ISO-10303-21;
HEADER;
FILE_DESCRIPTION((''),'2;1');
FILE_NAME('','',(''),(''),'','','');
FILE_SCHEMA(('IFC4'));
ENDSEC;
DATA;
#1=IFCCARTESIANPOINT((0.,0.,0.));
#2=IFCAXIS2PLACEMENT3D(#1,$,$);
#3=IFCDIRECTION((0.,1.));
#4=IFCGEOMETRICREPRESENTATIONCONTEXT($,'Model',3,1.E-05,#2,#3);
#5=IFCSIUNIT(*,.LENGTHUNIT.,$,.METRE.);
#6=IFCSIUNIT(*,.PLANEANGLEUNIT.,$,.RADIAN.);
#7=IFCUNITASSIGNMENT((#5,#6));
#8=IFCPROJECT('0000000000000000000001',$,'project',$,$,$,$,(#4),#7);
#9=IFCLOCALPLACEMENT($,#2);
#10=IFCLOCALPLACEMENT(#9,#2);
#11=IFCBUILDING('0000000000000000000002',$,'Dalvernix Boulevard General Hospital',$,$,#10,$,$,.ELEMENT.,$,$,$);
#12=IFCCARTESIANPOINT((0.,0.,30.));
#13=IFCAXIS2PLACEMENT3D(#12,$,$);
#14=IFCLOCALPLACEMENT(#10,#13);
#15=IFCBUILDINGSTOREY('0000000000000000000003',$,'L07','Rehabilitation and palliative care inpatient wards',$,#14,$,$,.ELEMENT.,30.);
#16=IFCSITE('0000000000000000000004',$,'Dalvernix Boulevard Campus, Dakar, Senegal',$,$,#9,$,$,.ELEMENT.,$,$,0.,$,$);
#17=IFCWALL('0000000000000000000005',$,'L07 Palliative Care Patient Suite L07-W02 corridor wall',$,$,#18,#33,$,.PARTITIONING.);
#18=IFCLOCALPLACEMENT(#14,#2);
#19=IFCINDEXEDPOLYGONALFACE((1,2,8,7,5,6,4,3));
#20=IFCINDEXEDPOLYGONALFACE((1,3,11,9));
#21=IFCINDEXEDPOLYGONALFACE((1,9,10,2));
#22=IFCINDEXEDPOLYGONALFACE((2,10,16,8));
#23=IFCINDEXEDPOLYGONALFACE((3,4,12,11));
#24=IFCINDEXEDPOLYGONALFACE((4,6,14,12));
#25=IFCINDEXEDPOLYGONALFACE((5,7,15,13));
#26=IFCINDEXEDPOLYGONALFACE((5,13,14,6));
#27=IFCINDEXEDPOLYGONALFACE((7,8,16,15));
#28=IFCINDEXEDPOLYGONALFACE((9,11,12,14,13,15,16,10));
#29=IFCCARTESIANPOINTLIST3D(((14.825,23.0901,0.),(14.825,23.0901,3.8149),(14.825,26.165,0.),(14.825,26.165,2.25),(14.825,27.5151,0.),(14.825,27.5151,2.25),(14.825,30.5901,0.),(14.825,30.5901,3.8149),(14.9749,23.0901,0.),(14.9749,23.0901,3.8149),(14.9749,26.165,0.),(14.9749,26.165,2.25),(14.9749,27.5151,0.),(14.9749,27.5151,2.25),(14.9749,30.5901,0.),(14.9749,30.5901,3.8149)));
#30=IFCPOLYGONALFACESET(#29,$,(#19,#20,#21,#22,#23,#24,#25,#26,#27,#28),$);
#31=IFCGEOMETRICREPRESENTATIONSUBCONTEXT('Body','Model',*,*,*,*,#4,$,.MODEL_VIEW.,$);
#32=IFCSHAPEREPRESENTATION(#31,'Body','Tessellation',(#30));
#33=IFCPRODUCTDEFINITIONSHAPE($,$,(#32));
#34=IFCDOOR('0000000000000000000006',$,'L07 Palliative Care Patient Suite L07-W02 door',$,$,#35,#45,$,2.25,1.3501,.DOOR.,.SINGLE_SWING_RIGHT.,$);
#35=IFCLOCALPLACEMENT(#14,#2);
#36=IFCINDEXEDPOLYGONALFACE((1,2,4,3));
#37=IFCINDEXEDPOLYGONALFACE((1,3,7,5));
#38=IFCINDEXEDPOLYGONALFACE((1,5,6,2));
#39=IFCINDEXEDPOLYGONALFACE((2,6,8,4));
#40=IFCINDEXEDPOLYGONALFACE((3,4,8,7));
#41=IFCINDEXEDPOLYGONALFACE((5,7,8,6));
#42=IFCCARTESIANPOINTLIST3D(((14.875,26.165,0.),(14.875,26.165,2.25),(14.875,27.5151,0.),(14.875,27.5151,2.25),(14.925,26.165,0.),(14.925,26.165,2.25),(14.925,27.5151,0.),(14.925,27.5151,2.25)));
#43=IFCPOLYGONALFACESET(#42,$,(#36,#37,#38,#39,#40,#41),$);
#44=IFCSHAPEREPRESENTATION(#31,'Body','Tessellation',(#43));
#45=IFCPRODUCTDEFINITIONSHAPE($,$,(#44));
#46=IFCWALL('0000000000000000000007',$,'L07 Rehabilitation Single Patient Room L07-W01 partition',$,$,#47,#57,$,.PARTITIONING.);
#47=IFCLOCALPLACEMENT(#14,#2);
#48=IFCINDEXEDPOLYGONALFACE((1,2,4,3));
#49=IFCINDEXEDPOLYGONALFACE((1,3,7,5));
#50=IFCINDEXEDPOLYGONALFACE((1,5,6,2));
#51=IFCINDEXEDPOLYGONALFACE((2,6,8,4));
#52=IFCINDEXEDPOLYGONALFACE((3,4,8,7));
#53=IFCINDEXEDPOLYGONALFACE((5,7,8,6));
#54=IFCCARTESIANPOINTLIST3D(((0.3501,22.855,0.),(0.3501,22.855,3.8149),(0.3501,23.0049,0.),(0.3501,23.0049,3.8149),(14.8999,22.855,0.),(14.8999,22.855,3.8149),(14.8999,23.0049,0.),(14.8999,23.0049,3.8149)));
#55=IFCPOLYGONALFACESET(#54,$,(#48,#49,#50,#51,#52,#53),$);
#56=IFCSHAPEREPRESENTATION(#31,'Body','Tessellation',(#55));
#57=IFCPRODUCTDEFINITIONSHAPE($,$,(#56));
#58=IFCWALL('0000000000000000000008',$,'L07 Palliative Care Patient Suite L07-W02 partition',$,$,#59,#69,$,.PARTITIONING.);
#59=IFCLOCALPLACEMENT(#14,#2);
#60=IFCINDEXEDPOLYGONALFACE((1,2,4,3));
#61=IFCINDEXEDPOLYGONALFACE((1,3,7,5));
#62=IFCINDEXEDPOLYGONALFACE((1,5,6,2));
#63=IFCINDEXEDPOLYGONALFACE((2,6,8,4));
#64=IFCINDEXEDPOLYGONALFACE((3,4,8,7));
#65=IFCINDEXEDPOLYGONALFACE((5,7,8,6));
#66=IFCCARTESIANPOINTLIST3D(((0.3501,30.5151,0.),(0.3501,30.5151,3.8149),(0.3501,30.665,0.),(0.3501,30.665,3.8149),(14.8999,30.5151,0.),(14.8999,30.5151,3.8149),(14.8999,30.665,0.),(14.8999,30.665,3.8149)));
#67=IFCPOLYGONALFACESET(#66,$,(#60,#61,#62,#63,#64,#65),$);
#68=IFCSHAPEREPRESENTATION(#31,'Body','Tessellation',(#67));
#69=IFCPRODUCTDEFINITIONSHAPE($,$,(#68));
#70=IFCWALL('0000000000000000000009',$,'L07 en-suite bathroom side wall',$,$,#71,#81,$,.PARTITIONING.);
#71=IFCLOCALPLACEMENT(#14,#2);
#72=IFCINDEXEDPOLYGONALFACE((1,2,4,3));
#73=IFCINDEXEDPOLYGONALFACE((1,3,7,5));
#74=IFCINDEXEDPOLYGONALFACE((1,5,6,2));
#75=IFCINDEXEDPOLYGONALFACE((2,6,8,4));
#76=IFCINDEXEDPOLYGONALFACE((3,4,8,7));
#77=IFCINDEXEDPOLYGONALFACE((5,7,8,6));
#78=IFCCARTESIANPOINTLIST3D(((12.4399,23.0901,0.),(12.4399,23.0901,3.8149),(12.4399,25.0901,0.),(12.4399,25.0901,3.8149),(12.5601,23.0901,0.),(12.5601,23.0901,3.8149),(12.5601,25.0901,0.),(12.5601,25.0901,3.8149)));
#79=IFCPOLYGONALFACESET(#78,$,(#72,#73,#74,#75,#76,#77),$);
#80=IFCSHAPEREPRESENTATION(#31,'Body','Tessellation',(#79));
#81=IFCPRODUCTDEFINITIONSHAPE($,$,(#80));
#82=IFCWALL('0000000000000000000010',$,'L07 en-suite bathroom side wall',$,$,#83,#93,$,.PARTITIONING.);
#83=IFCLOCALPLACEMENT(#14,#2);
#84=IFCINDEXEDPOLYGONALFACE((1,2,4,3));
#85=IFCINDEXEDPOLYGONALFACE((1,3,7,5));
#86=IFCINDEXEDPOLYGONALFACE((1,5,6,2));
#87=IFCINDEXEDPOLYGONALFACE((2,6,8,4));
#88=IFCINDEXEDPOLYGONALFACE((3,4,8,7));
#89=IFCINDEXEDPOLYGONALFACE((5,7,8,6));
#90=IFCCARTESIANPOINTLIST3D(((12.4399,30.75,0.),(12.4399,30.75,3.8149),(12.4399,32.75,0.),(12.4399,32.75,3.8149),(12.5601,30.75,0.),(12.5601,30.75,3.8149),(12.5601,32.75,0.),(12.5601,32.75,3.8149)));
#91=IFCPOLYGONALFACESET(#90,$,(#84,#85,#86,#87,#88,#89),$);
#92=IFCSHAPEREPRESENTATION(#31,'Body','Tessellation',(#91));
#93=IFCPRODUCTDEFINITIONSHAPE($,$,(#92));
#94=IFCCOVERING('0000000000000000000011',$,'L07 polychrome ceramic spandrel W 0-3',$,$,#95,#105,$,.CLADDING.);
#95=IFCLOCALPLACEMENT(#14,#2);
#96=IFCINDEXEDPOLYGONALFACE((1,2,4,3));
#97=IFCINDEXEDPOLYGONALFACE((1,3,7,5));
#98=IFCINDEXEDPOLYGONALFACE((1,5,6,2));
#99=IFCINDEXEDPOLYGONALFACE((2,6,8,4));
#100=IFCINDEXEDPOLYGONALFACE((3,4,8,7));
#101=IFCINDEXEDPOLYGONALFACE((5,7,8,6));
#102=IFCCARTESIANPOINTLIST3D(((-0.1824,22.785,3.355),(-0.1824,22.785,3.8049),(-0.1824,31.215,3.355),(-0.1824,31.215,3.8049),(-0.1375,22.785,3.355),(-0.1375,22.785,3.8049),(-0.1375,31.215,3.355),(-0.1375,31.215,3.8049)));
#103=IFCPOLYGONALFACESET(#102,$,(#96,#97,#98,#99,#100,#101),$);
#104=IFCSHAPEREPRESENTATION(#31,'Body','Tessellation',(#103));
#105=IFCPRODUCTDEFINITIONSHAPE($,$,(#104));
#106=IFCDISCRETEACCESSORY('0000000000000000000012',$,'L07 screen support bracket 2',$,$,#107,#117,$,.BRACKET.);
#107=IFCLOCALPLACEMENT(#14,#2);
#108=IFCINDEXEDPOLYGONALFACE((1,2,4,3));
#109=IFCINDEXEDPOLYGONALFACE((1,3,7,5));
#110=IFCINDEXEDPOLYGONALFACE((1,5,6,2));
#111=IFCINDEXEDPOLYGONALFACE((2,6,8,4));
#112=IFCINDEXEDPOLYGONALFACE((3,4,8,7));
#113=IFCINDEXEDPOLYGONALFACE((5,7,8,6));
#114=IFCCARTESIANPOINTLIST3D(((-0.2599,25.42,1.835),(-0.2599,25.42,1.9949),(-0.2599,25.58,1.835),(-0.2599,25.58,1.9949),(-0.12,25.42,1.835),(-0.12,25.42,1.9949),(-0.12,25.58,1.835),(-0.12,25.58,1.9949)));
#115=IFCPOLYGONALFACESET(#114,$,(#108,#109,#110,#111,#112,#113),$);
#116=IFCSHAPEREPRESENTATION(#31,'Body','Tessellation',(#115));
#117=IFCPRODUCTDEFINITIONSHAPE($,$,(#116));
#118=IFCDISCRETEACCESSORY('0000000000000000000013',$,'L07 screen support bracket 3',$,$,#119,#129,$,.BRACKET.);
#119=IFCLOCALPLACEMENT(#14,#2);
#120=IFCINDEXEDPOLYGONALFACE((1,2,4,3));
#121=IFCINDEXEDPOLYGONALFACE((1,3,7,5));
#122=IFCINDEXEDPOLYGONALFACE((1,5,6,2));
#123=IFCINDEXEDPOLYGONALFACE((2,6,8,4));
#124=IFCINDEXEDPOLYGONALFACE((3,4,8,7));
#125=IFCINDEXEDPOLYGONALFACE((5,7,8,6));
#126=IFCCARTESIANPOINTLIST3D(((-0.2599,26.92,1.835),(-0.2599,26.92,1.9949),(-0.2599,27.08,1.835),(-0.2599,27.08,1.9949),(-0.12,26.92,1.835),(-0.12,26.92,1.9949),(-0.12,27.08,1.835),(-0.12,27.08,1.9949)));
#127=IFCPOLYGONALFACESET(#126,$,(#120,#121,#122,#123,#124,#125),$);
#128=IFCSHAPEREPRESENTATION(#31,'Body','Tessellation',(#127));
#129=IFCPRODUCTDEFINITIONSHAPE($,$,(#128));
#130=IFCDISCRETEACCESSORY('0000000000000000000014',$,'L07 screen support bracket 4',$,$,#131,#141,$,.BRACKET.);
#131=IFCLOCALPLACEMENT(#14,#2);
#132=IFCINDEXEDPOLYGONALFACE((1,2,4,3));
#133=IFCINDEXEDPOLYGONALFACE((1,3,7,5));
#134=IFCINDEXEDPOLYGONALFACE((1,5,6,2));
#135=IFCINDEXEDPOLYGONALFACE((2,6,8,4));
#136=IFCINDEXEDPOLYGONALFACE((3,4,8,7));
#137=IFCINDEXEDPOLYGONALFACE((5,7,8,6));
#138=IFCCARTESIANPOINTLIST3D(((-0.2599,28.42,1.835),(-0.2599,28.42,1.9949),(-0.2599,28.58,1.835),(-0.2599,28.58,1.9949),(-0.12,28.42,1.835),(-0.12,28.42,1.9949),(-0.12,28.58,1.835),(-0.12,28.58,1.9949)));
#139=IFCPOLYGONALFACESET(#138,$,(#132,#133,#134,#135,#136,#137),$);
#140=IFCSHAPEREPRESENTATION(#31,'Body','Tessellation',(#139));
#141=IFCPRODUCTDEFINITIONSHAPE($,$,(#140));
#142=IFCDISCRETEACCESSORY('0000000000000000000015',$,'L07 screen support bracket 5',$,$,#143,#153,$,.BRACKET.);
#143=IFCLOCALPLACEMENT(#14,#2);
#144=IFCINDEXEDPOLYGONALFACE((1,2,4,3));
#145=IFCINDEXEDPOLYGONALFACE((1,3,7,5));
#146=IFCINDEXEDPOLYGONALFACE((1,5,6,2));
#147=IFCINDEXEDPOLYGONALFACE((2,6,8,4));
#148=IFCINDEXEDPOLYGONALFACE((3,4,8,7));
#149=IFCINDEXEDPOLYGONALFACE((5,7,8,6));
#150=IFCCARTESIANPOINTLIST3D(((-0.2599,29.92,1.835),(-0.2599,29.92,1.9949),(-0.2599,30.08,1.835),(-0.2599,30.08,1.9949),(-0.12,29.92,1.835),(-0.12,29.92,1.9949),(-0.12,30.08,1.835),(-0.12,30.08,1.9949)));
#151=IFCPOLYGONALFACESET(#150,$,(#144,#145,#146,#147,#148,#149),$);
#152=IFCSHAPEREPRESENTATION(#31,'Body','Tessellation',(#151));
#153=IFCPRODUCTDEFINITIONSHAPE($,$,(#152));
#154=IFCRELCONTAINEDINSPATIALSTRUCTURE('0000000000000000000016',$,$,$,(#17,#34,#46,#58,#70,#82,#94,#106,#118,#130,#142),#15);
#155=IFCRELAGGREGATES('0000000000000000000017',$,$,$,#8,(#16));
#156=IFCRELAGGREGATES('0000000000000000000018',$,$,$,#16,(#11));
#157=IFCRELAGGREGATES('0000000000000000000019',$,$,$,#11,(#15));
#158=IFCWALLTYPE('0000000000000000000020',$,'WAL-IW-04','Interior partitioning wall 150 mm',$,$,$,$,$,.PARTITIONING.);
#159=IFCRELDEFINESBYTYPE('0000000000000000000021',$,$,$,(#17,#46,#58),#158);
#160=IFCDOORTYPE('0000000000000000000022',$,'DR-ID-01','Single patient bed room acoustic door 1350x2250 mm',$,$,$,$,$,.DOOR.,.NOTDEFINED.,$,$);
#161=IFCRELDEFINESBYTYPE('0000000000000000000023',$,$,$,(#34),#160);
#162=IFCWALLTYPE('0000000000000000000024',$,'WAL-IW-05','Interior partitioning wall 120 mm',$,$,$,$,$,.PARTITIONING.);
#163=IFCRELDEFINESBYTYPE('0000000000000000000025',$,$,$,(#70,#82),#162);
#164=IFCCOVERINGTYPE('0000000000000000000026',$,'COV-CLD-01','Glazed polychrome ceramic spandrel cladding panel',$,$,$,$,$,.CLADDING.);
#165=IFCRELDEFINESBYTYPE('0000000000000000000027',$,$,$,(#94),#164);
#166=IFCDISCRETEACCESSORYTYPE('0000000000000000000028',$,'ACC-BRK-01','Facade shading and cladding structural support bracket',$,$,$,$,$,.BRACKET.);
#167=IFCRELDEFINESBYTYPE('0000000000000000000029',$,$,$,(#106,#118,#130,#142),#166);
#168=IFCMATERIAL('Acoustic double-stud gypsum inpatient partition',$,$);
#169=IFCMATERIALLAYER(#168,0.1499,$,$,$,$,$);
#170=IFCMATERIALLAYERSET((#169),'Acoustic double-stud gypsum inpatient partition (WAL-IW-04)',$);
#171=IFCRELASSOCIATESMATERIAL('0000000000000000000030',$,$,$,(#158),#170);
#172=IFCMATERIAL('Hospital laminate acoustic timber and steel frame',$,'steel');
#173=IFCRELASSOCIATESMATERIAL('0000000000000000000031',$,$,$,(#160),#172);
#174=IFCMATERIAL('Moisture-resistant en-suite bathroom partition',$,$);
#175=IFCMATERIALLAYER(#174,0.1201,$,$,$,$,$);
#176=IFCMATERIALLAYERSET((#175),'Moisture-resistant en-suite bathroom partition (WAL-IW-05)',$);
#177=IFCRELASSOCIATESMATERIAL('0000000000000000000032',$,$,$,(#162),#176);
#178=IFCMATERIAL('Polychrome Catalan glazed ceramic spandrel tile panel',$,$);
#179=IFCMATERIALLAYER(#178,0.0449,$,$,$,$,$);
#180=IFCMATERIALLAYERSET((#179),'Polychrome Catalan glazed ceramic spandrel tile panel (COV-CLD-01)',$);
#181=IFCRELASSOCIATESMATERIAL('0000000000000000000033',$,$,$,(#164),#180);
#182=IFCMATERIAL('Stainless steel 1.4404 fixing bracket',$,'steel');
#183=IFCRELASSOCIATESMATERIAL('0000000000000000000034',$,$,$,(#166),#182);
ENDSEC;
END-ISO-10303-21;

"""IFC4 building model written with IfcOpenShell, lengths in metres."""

from ifc_helpers import new_model, si_unit, direction, frame, frame_2d, origin, origin_2d, place, context, subcontext, project, spatial, rectangle, extrude, material, layer, layer_set, type_object, element, fill, save


model = new_model("IFC4")

# Units and contexts
model_context = context("Model", 3, precision=1e-05, world=origin(), true_north=direction((0.0, 1.0)))
body_context = subcontext(model_context, "Body", "Model", "MODEL_VIEW")
ifc_project = project(units=[si_unit("LENGTHUNIT", "METRE"), si_unit("PLANEANGLEUNIT", "RADIAN")], contexts=[model_context])

# Site, building, storey
site_placement = place(None, origin())
site = spatial("IfcSite", under=ifc_project, at=site_placement, Name="Dalvernix Boulevard Campus, Dakar, Senegal", CompositionType="ELEMENT", RefElevation=0.0)
building_placement = place(site_placement, origin())
building = spatial("IfcBuilding", under=site, at=building_placement, Name="Dalvernix Boulevard General Hospital", CompositionType="ELEMENT")
storey_placement = place(building_placement, frame((0.0, 0.0, 30.0)))
storey = spatial("IfcBuildingStorey", under=building, at=storey_placement, Name="L07", Description="Rehabilitation and palliative care inpatient wards", CompositionType="ELEMENT", Elevation=30.0)

# Wall, opening, door
ifc_material_1 = material(Name="Acoustic double-stud gypsum inpatient partition")
ifc_layer_1 = layer(ifc_material_1, 0.1499)
ifc_layer_set_1 = layer_set([ifc_layer_1], Name="Acoustic double-stud gypsum inpatient partition (WAL-IW-04)")
wall_type_1 = type_object("IfcWallType", Name="WAL-IW-04", Description="Interior partitioning wall 150 mm", PredefinedType="PARTITIONING", material=ifc_layer_set_1)
wall_1_placement = place(storey_placement, frame((14.8999, 23.0901, 0.0), z_axis=(0.0, 0.0, 1.0), x_axis=(0.0, 1.0, 0.0)))
wall_1 = element("IfcWall", 1, at=wall_1_placement, inside=storey, type_object=wall_type_1, Name="L07 Palliative Care Patient Suite L07-W02 corridor wall", PredefinedType="PARTITIONING", context=body_context, shape_type="SweptSolid", body=[
    extrude(rectangle(XDim=7.5, YDim=0.1499, at=frame_2d((3.75, 0.0))), origin(), (0.0, 0.0, 1.0), 3.8149),
])
opening_1_placement = place(wall_1_placement, frame((3.075, 0.0, 0.0)))
opening_1 = element("IfcOpeningElement", 2, at=opening_1_placement, cuts=wall_1, PredefinedType="OPENING", context=body_context, shape_type="SweptSolid", body=[
    extrude(rectangle(XDim=1.3501, YDim=2.25, at=frame_2d((0.675, 1.125))), frame((0.0, 0.085, 0.0), z_axis=(0.0, -1.0, 0.0), x_axis=(1.0, 0.0, 0.0)), (0.0, 0.0, 1.0), 0.1699),
])
ifc_material_2 = material(Name="Hospital laminate acoustic timber and steel frame", Category="steel")
door_type = type_object("IfcDoorType", Name="DR-ID-01", Description="Single patient bed room acoustic door 1350x2250 mm", OperationType="NOTDEFINED", PredefinedType="DOOR", material=ifc_material_2)
door_placement = place(opening_1_placement, origin())
door = element("IfcDoor", 3, at=door_placement, inside=storey, type_object=door_type, Name="L07 Palliative Care Patient Suite L07-W02 door", OperationType="SINGLE_SWING_RIGHT", OverallHeight=2.25, OverallWidth=1.3501, PredefinedType="DOOR", context=body_context, shape_type="SweptSolid", body=[
    extrude(rectangle(XDim=1.3501, YDim=2.25, at=frame_2d((0.675, 1.125))), frame((0.0, 0.0249, 0.0), z_axis=(0.0, -1.0, 0.0), x_axis=(1.0, 0.0, 0.0)), (0.0, 0.0, 1.0), 0.05),
])
fill(opening_1, door)

# Walls
for number, where, z_axis, x_axis, name in (
    (4, (0.3501, 22.9299, 0.0), (0.0, 0.0, 1.0), (1.0, 0.0, 0.0), "L07 Rehabilitation Single Patient Room L07-W01 partition"),
    (5, (0.3501, 30.5901, 0.0), (0.0, 0.0, 1.0), (1.0, 0.0, 0.0), "L07 Palliative Care Patient Suite L07-W02 partition"),
):
    element("IfcWall", number, at=place(storey_placement, frame(where, z_axis=z_axis, x_axis=x_axis)), inside=storey, type_object=wall_type_1, Name=name, PredefinedType="PARTITIONING", context=body_context, shape_type="SweptSolid", body=[
        extrude(rectangle(XDim=14.5498, YDim=0.1499, at=frame_2d((7.2749, 0.0))), origin(), (0.0, 0.0, 1.0), 3.8149),
    ])
ifc_material_3 = material(Name="Moisture-resistant en-suite bathroom partition")
ifc_layer_2 = layer(ifc_material_3, 0.1201)
ifc_layer_set_2 = layer_set([ifc_layer_2], Name="Moisture-resistant en-suite bathroom partition (WAL-IW-05)")
wall_type_2 = type_object("IfcWallType", Name="WAL-IW-05", Description="Interior partitioning wall 120 mm", PredefinedType="PARTITIONING", material=ifc_layer_set_2)
for number, where, z_axis, x_axis, name in (
    (6, (12.5, 23.0901, 0.0), (0.0, 0.0, 1.0), (0.0, 1.0, 0.0), "L07 en-suite bathroom side wall"),
    (7, (12.5, 30.75, 0.0), (0.0, 0.0, 1.0), (0.0, 1.0, 0.0), "L07 en-suite bathroom side wall"),
):
    element("IfcWall", number, at=place(storey_placement, frame(where, z_axis=z_axis, x_axis=x_axis)), inside=storey, type_object=wall_type_2, Name=name, PredefinedType="PARTITIONING", context=body_context, shape_type="SweptSolid", body=[
        extrude(rectangle(XDim=2.0, YDim=0.1201, at=frame_2d((1.0, 0.0))), origin(), (0.0, 0.0, 1.0), 3.8149),
    ])

# Covering
ifc_material_4 = material(Name="Polychrome Catalan glazed ceramic spandrel tile panel")
ifc_layer_3 = layer(ifc_material_4, 0.0449)
ifc_layer_set_3 = layer_set([ifc_layer_3], Name="Polychrome Catalan glazed ceramic spandrel tile panel (COV-CLD-01)")
covering_type = type_object("IfcCoveringType", Name="COV-CLD-01", Description="Glazed polychrome ceramic spandrel cladding panel", PredefinedType="CLADDING", material=ifc_layer_set_3)
covering_placement = place(storey_placement, frame((-0.1599, 27.0, 3.355), z_axis=(0.0, 0.0, 1.0), x_axis=(0.0, 1.0, 0.0)))
element("IfcCovering", 8, at=covering_placement, inside=storey, type_object=covering_type, Name="L07 polychrome ceramic spandrel W 0-3", PredefinedType="CLADDING", context=body_context, shape_type="SweptSolid", body=[
    extrude(rectangle(XDim=8.4299, YDim=0.0449, at=origin_2d()), origin(), (0.0, 0.0, 1.0), 0.45),
])

# Discrete accessories
ifc_material_5 = material(Name="Stainless steel 1.4404 fixing bracket", Category="steel")
discrete_accessory_type = type_object("IfcDiscreteAccessoryType", Name="ACC-BRK-01", Description="Facade shading and cladding structural support bracket", PredefinedType="BRACKET", material=ifc_material_5)
for number, where, z_axis, x_axis, name in (
    (9, (-0.1899, 25.5, 1.835), (0.0, 0.0, 1.0), (0.0, 1.0, 0.0), "L07 screen support bracket 2"),
    (10, (-0.1899, 27.0, 1.835), (0.0, 0.0, 1.0), (0.0, 1.0, 0.0), "L07 screen support bracket 3"),
    (11, (-0.1899, 28.5, 1.835), (0.0, 0.0, 1.0), (0.0, 1.0, 0.0), "L07 screen support bracket 4"),
    (12, (-0.1899, 30.0, 1.835), (0.0, 0.0, 1.0), (0.0, 1.0, 0.0), "L07 screen support bracket 5"),
):
    element("IfcDiscreteAccessory", number, at=place(storey_placement, frame(where, z_axis=z_axis, x_axis=x_axis)), inside=storey, type_object=discrete_accessory_type, Name=name, PredefinedType="BRACKET", context=body_context, shape_type="SweptSolid", body=[
        extrude(rectangle(XDim=0.1599, YDim=0.1399, at=origin_2d()), origin(), (0.0, 0.0, 1.0), 0.1599),
    ])

save(model, "model.ifc")
